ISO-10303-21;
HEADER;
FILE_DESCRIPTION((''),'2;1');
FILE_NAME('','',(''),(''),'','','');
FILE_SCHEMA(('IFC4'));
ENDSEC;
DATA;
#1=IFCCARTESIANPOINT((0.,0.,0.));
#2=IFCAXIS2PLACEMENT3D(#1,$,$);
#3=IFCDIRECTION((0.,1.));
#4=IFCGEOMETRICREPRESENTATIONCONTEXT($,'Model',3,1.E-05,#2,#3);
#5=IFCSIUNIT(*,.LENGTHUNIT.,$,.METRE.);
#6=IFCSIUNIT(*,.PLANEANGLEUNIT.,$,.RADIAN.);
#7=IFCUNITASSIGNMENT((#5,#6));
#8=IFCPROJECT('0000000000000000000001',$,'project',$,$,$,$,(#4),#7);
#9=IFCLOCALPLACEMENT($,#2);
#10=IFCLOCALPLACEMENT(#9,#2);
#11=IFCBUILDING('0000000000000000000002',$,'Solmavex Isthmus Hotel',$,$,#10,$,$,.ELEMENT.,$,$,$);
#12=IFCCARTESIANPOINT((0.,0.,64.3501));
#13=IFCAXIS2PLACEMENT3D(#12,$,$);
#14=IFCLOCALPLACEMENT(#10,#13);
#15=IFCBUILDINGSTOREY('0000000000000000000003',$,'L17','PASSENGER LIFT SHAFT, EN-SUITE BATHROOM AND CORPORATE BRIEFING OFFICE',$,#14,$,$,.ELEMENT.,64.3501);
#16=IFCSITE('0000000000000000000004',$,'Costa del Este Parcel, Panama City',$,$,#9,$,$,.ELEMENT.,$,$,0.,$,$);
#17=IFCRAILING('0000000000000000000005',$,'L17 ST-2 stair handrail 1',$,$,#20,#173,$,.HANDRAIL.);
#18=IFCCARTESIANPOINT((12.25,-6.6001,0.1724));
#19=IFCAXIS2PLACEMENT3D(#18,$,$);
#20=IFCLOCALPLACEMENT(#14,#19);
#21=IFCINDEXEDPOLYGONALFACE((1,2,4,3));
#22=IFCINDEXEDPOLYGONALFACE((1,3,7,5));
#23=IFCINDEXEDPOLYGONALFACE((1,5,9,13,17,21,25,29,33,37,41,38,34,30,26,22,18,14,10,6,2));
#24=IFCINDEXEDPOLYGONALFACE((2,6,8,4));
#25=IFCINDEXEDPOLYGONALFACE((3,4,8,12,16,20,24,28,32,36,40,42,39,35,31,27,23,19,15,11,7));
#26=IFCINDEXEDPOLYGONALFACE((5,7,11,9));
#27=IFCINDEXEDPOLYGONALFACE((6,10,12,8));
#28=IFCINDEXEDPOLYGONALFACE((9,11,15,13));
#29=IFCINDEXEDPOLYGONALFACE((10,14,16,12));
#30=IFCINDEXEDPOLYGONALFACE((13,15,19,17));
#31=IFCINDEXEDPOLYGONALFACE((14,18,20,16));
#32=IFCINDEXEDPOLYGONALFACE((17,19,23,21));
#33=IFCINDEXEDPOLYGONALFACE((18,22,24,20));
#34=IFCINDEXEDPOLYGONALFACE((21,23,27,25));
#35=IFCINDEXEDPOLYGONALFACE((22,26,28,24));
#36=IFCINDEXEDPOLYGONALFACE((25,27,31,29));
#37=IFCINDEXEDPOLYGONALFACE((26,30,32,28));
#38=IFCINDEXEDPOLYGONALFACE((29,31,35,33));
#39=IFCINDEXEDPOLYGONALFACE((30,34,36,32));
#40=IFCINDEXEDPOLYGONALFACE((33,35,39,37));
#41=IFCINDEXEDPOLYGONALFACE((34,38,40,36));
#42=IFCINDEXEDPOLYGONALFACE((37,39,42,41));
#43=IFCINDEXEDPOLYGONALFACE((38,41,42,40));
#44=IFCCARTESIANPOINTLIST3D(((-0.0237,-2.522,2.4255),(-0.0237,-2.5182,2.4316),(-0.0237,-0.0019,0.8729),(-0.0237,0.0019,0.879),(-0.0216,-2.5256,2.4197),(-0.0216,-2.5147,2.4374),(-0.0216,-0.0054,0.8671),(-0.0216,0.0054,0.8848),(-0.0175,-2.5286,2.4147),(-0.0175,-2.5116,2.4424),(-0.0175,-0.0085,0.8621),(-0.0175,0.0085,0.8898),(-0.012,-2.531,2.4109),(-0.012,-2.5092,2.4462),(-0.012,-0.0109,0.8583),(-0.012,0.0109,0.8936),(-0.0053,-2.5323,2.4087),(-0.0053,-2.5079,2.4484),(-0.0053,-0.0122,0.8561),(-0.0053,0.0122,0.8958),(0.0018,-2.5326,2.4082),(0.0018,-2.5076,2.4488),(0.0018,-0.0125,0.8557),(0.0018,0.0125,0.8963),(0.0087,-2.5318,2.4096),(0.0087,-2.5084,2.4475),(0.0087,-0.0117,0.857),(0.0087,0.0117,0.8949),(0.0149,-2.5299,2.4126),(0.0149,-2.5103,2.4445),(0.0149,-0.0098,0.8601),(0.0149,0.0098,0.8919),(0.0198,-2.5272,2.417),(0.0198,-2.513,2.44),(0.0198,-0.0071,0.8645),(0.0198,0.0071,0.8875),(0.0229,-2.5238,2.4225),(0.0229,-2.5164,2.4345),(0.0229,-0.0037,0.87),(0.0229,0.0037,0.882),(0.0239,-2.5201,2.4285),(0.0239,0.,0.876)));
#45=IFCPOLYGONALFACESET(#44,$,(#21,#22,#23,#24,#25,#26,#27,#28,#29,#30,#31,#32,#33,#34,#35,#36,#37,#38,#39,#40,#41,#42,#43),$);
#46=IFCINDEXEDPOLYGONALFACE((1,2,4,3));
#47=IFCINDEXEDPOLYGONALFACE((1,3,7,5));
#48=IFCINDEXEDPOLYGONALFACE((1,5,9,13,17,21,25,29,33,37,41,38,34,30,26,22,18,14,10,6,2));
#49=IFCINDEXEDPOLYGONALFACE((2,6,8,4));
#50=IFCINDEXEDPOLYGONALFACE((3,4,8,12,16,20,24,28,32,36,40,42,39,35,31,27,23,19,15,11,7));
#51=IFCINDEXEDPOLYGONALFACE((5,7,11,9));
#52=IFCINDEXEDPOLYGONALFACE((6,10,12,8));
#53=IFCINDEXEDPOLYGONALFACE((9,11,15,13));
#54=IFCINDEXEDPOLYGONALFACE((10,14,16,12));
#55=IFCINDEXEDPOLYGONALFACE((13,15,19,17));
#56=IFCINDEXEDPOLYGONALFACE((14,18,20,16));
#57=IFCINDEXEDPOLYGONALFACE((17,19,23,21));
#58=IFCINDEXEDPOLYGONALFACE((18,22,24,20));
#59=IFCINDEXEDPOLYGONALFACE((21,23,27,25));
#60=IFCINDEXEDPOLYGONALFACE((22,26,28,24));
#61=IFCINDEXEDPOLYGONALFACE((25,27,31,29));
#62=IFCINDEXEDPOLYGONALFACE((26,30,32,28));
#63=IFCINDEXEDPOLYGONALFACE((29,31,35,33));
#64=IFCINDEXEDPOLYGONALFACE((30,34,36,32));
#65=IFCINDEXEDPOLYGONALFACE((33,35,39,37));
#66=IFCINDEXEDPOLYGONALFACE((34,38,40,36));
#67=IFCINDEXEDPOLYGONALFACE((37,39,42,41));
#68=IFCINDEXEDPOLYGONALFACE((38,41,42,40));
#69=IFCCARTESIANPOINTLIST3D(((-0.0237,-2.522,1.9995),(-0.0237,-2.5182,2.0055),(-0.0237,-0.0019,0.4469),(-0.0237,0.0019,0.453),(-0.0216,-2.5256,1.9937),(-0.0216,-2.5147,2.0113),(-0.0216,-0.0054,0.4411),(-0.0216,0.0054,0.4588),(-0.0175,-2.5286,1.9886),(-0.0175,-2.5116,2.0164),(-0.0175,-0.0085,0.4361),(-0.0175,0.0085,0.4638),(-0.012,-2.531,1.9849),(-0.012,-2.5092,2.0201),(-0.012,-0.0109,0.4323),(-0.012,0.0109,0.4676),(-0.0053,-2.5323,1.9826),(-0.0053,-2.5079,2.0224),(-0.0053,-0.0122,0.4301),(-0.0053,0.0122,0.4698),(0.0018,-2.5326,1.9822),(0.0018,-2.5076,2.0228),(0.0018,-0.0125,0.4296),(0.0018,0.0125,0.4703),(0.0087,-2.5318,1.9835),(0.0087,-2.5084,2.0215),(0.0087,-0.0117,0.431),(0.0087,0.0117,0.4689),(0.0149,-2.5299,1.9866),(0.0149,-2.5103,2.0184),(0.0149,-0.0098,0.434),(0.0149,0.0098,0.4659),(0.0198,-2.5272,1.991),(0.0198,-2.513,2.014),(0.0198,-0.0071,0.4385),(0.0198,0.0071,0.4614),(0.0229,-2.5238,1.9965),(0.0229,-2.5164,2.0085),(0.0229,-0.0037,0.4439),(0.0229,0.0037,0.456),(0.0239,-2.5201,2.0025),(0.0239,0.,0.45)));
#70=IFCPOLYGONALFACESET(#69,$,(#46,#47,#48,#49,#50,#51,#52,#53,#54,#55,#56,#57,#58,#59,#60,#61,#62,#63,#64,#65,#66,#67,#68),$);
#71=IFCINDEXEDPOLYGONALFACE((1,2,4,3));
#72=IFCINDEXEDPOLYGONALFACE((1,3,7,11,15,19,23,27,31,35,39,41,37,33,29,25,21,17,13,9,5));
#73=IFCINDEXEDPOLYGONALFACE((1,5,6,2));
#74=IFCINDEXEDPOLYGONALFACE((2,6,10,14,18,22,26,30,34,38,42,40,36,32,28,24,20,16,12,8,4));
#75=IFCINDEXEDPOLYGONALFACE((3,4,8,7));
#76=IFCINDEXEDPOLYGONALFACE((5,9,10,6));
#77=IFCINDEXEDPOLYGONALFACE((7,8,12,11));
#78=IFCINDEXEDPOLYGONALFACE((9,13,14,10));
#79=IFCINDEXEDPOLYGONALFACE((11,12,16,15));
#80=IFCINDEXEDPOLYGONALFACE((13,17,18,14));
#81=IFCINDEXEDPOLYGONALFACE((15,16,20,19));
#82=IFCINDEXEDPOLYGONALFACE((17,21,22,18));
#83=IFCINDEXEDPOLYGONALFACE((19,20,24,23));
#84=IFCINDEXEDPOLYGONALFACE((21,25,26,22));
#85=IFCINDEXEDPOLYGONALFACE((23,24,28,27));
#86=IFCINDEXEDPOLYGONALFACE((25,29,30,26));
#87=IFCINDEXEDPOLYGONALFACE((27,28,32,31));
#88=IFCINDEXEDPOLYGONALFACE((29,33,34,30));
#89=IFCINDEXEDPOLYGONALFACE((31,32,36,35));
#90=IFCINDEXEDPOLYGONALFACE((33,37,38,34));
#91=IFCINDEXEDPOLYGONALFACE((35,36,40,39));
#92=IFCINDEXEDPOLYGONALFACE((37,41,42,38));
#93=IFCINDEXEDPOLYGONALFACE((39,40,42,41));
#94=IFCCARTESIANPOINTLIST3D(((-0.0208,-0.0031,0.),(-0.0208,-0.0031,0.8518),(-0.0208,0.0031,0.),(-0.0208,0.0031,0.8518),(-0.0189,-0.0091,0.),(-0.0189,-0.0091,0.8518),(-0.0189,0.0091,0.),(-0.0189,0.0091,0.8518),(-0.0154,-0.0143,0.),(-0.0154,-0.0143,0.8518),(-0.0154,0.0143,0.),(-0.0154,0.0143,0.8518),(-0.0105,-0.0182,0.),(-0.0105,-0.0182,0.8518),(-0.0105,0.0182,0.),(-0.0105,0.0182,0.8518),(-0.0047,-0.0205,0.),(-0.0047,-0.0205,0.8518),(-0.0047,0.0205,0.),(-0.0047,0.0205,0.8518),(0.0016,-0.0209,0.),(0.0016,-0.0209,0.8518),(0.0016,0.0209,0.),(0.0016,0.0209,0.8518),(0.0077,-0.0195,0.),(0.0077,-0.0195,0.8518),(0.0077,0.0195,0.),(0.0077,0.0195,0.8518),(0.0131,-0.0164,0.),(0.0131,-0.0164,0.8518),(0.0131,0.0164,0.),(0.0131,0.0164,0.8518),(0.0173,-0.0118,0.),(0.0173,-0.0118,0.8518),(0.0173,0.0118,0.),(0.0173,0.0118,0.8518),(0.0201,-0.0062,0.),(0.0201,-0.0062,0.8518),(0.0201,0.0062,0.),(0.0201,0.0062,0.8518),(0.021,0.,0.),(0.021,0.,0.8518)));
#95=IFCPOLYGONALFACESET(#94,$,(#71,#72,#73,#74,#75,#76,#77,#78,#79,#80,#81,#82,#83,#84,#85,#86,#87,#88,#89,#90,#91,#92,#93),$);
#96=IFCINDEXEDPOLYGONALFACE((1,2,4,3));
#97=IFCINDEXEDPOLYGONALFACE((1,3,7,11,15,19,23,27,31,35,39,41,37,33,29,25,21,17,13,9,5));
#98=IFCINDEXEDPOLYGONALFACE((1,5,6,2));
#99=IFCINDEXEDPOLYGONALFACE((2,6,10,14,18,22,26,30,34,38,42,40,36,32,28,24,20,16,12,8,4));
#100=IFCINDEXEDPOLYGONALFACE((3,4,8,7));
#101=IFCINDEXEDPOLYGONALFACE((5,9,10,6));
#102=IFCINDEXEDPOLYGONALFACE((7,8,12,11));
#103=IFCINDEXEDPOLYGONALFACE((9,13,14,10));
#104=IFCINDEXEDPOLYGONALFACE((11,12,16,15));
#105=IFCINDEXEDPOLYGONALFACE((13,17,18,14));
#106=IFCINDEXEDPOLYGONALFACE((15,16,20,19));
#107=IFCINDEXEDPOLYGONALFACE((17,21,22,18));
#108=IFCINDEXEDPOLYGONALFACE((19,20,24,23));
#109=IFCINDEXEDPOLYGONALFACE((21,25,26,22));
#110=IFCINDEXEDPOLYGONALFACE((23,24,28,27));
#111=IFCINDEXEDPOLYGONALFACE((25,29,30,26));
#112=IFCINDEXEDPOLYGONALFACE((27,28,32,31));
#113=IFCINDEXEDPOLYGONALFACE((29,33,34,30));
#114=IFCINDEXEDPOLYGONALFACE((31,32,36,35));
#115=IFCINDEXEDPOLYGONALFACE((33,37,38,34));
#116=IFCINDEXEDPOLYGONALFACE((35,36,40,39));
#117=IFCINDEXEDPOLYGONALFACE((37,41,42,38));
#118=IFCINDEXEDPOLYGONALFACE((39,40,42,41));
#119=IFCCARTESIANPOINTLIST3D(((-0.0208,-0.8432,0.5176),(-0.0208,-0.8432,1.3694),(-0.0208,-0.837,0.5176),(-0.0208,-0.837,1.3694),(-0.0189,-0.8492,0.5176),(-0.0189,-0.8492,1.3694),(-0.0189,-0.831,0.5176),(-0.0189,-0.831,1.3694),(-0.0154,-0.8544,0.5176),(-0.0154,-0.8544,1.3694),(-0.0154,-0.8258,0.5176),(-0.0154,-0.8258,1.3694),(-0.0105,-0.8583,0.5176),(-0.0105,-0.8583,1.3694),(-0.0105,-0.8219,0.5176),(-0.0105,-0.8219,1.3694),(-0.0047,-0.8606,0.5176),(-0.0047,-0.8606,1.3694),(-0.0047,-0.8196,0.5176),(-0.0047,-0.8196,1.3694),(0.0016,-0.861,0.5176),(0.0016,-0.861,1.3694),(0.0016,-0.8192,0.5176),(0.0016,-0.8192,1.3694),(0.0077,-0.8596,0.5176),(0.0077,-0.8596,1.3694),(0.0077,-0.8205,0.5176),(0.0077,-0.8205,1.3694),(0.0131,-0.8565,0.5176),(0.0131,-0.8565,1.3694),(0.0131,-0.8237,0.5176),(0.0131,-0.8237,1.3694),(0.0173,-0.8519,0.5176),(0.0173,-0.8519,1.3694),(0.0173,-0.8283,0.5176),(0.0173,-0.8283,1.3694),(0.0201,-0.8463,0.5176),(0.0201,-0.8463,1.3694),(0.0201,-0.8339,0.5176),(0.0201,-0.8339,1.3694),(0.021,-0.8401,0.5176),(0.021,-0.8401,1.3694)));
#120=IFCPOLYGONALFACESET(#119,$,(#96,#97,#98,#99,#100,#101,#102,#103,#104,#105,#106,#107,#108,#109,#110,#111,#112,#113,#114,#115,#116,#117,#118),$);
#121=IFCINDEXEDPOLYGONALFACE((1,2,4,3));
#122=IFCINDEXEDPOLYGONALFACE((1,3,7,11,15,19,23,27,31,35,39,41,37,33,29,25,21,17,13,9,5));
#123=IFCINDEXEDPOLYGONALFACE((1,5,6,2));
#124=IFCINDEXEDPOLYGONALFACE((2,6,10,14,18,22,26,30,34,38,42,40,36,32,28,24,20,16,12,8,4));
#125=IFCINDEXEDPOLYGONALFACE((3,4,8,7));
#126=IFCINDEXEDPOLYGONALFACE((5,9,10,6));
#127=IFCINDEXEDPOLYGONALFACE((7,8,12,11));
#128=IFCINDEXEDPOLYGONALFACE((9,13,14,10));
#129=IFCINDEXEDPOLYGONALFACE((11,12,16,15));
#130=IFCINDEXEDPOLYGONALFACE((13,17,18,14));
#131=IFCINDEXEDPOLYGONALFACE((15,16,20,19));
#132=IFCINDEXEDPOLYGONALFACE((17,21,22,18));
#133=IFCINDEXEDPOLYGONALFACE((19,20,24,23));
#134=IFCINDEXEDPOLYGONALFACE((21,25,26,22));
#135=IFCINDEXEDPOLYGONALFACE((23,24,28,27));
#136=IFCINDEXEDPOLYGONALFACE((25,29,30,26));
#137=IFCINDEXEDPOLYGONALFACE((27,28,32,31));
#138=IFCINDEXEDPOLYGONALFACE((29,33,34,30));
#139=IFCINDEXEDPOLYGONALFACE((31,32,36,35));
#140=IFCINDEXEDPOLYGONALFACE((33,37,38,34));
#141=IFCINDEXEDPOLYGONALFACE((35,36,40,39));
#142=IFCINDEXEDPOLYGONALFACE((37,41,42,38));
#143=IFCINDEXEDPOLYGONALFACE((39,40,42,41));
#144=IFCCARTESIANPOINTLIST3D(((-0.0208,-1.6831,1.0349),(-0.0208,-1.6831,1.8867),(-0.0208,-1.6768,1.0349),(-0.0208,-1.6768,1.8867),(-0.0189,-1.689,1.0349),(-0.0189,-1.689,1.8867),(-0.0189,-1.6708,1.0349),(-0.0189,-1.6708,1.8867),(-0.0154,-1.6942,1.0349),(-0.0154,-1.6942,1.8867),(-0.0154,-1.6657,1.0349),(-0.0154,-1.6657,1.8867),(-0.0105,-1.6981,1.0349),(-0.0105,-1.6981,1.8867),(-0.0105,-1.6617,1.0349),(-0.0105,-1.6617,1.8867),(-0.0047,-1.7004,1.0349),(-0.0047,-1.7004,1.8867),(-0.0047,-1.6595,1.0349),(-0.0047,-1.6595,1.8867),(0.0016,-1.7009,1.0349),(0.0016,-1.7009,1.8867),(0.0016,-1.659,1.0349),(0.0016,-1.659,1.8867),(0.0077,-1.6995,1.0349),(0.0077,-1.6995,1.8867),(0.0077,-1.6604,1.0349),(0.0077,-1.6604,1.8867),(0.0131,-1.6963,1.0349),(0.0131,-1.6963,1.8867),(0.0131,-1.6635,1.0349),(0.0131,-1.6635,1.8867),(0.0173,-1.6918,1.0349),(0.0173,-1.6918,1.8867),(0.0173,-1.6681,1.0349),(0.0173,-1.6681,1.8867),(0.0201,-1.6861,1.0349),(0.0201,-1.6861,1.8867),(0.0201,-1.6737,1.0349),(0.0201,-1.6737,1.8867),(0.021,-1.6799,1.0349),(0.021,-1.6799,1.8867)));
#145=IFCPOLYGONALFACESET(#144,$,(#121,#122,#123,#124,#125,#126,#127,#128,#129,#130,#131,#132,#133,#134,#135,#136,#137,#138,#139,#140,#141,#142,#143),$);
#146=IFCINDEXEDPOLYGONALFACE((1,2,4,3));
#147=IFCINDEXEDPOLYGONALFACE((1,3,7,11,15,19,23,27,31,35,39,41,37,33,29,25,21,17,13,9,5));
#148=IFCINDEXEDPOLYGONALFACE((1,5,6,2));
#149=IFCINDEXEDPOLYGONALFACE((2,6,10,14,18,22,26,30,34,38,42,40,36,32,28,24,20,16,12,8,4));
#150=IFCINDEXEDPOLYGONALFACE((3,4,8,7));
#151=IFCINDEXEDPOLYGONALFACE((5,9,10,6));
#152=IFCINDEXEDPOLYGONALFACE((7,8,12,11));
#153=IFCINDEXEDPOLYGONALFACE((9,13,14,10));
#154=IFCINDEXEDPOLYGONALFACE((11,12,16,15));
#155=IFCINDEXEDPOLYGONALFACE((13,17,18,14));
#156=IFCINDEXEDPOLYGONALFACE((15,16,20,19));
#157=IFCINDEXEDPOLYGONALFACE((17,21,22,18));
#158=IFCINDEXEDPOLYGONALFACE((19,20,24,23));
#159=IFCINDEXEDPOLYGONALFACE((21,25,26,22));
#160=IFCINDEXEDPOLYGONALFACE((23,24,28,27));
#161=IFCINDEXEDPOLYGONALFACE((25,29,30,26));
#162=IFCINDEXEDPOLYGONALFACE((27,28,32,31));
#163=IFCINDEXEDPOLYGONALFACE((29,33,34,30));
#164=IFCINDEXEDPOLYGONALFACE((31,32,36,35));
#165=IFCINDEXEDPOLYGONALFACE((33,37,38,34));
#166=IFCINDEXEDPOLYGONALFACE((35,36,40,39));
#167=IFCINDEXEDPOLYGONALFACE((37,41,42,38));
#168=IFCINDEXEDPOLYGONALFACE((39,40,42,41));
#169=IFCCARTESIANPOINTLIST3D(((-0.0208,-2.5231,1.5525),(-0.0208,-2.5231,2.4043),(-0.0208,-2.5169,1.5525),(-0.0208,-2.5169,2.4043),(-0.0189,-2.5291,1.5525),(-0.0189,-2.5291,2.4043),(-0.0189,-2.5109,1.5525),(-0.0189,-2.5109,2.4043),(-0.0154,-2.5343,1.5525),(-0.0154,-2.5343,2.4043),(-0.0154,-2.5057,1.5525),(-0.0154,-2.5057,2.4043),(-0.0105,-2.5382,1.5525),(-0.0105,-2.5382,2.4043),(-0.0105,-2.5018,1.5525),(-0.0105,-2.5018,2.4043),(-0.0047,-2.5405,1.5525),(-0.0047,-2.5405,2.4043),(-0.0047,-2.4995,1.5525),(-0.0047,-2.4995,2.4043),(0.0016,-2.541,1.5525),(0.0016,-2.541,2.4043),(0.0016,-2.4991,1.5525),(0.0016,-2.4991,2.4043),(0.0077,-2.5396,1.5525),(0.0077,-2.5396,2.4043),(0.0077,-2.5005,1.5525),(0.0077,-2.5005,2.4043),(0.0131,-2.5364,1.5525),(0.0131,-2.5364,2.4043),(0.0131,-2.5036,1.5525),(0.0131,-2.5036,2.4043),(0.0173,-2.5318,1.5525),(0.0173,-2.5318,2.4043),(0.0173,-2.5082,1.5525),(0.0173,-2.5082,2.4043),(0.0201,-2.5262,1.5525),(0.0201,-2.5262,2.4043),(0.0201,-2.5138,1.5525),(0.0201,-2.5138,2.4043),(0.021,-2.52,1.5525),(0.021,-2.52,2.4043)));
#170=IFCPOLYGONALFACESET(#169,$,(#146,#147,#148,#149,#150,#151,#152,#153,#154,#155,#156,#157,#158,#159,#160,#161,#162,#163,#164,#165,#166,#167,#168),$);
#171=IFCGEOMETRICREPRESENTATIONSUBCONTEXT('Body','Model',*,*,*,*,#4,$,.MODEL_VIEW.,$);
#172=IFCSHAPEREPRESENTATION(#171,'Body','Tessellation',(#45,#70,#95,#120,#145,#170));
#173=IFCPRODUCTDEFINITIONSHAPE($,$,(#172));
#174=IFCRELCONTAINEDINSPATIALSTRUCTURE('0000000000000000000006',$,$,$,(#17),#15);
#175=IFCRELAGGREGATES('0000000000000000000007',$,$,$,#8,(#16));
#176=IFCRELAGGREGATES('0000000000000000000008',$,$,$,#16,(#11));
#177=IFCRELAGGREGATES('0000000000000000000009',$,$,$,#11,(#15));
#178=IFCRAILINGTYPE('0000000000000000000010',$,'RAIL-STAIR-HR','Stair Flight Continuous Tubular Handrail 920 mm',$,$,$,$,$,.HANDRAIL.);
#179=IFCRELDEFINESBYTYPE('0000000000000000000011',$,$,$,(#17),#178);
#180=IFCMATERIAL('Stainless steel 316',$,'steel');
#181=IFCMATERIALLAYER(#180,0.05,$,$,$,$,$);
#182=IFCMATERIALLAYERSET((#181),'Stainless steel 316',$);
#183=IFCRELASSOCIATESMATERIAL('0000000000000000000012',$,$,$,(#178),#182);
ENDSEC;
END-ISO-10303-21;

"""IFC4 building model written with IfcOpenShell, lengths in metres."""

from ifc_helpers import new_model, si_unit, direction, frame, origin, origin_2d, place, context, subcontext, project, spatial, circle, extrude, material, layer, layer_set, type_object, element, save


model = new_model("IFC4")

# Units and contexts
model_context = context("Model", 3, precision=1e-05, world=origin(), true_north=direction((0.0, 1.0)))
body_context = subcontext(model_context, "Body", "Model", "MODEL_VIEW")
ifc_project = project(units=[si_unit("LENGTHUNIT", "METRE"), si_unit("PLANEANGLEUNIT", "RADIAN")], contexts=[model_context])

# Site, building, storey
site_placement = place(None, origin())
site = spatial("IfcSite", under=ifc_project, at=site_placement, Name="Costa del Este Parcel, Panama City", CompositionType="ELEMENT", RefElevation=0.0)
building_placement = place(site_placement, origin())
building = spatial("IfcBuilding", under=site, at=building_placement, Name="Solmavex Isthmus Hotel", CompositionType="ELEMENT")
storey_placement = place(building_placement, frame((0.0, 0.0, 64.3501)))
storey = spatial("IfcBuildingStorey", under=building, at=storey_placement, Name="L17", Description="PASSENGER LIFT SHAFT, EN-SUITE BATHROOM AND CORPORATE BRIEFING OFFICE", CompositionType="ELEMENT", Elevation=64.3501)

# Railing
ifc_material_1 = material(Name="Stainless steel 316", Category="steel")
ifc_layer_1 = layer(ifc_material_1, 0.05)
ifc_layer_set_1 = layer_set([ifc_layer_1], Name="Stainless steel 316")
railing_type_1 = type_object("IfcRailingType", Name="RAIL-STAIR-HR", Description="Stair Flight Continuous Tubular Handrail 920 mm", PredefinedType="HANDRAIL", material=ifc_layer_set_1)
railing_1_placement = place(storey_placement, frame((12.25, -6.6001, 0.1724)))
element("IfcRailing", 1, at=railing_1_placement, inside=storey, type_object=railing_type_1, Name="L17 ST-2 stair handrail 1", PredefinedType="HANDRAIL", context=body_context, shape_type="SweptSolid", body=[
    extrude(circle(Radius=0.0239, at=origin_2d()), frame((0.0, 0.0, 0.876), z_axis=(0.0, -0.8514, 0.524516), x_axis=(1.0, 0.0, 0.0)), (0.0, 0.0, 1.0), 2.96),
    extrude(circle(Radius=0.0239, at=origin_2d()), frame((0.0, 0.0, 0.45), z_axis=(0.0, -0.8514, 0.524516), x_axis=(1.0, 0.0, 0.0)), (0.0, 0.0, 1.0), 2.96),
    extrude(circle(Radius=0.021, at=origin_2d()), origin(), (0.0, 0.0, 1.0), 0.8518),
    extrude(circle(Radius=0.021, at=origin_2d()), frame((0.0, -0.8401, 0.5176)), (0.0, 0.0, 1.0), 0.8518),
    extrude(circle(Radius=0.021, at=origin_2d()), frame((0.0, -1.6799, 1.0349)), (0.0, 0.0, 1.0), 0.8518),
    extrude(circle(Radius=0.021, at=origin_2d()), frame((0.0, -2.52, 1.5525)), (0.0, 0.0, 1.0), 0.8518),
])

save(model, "model.ifc")
